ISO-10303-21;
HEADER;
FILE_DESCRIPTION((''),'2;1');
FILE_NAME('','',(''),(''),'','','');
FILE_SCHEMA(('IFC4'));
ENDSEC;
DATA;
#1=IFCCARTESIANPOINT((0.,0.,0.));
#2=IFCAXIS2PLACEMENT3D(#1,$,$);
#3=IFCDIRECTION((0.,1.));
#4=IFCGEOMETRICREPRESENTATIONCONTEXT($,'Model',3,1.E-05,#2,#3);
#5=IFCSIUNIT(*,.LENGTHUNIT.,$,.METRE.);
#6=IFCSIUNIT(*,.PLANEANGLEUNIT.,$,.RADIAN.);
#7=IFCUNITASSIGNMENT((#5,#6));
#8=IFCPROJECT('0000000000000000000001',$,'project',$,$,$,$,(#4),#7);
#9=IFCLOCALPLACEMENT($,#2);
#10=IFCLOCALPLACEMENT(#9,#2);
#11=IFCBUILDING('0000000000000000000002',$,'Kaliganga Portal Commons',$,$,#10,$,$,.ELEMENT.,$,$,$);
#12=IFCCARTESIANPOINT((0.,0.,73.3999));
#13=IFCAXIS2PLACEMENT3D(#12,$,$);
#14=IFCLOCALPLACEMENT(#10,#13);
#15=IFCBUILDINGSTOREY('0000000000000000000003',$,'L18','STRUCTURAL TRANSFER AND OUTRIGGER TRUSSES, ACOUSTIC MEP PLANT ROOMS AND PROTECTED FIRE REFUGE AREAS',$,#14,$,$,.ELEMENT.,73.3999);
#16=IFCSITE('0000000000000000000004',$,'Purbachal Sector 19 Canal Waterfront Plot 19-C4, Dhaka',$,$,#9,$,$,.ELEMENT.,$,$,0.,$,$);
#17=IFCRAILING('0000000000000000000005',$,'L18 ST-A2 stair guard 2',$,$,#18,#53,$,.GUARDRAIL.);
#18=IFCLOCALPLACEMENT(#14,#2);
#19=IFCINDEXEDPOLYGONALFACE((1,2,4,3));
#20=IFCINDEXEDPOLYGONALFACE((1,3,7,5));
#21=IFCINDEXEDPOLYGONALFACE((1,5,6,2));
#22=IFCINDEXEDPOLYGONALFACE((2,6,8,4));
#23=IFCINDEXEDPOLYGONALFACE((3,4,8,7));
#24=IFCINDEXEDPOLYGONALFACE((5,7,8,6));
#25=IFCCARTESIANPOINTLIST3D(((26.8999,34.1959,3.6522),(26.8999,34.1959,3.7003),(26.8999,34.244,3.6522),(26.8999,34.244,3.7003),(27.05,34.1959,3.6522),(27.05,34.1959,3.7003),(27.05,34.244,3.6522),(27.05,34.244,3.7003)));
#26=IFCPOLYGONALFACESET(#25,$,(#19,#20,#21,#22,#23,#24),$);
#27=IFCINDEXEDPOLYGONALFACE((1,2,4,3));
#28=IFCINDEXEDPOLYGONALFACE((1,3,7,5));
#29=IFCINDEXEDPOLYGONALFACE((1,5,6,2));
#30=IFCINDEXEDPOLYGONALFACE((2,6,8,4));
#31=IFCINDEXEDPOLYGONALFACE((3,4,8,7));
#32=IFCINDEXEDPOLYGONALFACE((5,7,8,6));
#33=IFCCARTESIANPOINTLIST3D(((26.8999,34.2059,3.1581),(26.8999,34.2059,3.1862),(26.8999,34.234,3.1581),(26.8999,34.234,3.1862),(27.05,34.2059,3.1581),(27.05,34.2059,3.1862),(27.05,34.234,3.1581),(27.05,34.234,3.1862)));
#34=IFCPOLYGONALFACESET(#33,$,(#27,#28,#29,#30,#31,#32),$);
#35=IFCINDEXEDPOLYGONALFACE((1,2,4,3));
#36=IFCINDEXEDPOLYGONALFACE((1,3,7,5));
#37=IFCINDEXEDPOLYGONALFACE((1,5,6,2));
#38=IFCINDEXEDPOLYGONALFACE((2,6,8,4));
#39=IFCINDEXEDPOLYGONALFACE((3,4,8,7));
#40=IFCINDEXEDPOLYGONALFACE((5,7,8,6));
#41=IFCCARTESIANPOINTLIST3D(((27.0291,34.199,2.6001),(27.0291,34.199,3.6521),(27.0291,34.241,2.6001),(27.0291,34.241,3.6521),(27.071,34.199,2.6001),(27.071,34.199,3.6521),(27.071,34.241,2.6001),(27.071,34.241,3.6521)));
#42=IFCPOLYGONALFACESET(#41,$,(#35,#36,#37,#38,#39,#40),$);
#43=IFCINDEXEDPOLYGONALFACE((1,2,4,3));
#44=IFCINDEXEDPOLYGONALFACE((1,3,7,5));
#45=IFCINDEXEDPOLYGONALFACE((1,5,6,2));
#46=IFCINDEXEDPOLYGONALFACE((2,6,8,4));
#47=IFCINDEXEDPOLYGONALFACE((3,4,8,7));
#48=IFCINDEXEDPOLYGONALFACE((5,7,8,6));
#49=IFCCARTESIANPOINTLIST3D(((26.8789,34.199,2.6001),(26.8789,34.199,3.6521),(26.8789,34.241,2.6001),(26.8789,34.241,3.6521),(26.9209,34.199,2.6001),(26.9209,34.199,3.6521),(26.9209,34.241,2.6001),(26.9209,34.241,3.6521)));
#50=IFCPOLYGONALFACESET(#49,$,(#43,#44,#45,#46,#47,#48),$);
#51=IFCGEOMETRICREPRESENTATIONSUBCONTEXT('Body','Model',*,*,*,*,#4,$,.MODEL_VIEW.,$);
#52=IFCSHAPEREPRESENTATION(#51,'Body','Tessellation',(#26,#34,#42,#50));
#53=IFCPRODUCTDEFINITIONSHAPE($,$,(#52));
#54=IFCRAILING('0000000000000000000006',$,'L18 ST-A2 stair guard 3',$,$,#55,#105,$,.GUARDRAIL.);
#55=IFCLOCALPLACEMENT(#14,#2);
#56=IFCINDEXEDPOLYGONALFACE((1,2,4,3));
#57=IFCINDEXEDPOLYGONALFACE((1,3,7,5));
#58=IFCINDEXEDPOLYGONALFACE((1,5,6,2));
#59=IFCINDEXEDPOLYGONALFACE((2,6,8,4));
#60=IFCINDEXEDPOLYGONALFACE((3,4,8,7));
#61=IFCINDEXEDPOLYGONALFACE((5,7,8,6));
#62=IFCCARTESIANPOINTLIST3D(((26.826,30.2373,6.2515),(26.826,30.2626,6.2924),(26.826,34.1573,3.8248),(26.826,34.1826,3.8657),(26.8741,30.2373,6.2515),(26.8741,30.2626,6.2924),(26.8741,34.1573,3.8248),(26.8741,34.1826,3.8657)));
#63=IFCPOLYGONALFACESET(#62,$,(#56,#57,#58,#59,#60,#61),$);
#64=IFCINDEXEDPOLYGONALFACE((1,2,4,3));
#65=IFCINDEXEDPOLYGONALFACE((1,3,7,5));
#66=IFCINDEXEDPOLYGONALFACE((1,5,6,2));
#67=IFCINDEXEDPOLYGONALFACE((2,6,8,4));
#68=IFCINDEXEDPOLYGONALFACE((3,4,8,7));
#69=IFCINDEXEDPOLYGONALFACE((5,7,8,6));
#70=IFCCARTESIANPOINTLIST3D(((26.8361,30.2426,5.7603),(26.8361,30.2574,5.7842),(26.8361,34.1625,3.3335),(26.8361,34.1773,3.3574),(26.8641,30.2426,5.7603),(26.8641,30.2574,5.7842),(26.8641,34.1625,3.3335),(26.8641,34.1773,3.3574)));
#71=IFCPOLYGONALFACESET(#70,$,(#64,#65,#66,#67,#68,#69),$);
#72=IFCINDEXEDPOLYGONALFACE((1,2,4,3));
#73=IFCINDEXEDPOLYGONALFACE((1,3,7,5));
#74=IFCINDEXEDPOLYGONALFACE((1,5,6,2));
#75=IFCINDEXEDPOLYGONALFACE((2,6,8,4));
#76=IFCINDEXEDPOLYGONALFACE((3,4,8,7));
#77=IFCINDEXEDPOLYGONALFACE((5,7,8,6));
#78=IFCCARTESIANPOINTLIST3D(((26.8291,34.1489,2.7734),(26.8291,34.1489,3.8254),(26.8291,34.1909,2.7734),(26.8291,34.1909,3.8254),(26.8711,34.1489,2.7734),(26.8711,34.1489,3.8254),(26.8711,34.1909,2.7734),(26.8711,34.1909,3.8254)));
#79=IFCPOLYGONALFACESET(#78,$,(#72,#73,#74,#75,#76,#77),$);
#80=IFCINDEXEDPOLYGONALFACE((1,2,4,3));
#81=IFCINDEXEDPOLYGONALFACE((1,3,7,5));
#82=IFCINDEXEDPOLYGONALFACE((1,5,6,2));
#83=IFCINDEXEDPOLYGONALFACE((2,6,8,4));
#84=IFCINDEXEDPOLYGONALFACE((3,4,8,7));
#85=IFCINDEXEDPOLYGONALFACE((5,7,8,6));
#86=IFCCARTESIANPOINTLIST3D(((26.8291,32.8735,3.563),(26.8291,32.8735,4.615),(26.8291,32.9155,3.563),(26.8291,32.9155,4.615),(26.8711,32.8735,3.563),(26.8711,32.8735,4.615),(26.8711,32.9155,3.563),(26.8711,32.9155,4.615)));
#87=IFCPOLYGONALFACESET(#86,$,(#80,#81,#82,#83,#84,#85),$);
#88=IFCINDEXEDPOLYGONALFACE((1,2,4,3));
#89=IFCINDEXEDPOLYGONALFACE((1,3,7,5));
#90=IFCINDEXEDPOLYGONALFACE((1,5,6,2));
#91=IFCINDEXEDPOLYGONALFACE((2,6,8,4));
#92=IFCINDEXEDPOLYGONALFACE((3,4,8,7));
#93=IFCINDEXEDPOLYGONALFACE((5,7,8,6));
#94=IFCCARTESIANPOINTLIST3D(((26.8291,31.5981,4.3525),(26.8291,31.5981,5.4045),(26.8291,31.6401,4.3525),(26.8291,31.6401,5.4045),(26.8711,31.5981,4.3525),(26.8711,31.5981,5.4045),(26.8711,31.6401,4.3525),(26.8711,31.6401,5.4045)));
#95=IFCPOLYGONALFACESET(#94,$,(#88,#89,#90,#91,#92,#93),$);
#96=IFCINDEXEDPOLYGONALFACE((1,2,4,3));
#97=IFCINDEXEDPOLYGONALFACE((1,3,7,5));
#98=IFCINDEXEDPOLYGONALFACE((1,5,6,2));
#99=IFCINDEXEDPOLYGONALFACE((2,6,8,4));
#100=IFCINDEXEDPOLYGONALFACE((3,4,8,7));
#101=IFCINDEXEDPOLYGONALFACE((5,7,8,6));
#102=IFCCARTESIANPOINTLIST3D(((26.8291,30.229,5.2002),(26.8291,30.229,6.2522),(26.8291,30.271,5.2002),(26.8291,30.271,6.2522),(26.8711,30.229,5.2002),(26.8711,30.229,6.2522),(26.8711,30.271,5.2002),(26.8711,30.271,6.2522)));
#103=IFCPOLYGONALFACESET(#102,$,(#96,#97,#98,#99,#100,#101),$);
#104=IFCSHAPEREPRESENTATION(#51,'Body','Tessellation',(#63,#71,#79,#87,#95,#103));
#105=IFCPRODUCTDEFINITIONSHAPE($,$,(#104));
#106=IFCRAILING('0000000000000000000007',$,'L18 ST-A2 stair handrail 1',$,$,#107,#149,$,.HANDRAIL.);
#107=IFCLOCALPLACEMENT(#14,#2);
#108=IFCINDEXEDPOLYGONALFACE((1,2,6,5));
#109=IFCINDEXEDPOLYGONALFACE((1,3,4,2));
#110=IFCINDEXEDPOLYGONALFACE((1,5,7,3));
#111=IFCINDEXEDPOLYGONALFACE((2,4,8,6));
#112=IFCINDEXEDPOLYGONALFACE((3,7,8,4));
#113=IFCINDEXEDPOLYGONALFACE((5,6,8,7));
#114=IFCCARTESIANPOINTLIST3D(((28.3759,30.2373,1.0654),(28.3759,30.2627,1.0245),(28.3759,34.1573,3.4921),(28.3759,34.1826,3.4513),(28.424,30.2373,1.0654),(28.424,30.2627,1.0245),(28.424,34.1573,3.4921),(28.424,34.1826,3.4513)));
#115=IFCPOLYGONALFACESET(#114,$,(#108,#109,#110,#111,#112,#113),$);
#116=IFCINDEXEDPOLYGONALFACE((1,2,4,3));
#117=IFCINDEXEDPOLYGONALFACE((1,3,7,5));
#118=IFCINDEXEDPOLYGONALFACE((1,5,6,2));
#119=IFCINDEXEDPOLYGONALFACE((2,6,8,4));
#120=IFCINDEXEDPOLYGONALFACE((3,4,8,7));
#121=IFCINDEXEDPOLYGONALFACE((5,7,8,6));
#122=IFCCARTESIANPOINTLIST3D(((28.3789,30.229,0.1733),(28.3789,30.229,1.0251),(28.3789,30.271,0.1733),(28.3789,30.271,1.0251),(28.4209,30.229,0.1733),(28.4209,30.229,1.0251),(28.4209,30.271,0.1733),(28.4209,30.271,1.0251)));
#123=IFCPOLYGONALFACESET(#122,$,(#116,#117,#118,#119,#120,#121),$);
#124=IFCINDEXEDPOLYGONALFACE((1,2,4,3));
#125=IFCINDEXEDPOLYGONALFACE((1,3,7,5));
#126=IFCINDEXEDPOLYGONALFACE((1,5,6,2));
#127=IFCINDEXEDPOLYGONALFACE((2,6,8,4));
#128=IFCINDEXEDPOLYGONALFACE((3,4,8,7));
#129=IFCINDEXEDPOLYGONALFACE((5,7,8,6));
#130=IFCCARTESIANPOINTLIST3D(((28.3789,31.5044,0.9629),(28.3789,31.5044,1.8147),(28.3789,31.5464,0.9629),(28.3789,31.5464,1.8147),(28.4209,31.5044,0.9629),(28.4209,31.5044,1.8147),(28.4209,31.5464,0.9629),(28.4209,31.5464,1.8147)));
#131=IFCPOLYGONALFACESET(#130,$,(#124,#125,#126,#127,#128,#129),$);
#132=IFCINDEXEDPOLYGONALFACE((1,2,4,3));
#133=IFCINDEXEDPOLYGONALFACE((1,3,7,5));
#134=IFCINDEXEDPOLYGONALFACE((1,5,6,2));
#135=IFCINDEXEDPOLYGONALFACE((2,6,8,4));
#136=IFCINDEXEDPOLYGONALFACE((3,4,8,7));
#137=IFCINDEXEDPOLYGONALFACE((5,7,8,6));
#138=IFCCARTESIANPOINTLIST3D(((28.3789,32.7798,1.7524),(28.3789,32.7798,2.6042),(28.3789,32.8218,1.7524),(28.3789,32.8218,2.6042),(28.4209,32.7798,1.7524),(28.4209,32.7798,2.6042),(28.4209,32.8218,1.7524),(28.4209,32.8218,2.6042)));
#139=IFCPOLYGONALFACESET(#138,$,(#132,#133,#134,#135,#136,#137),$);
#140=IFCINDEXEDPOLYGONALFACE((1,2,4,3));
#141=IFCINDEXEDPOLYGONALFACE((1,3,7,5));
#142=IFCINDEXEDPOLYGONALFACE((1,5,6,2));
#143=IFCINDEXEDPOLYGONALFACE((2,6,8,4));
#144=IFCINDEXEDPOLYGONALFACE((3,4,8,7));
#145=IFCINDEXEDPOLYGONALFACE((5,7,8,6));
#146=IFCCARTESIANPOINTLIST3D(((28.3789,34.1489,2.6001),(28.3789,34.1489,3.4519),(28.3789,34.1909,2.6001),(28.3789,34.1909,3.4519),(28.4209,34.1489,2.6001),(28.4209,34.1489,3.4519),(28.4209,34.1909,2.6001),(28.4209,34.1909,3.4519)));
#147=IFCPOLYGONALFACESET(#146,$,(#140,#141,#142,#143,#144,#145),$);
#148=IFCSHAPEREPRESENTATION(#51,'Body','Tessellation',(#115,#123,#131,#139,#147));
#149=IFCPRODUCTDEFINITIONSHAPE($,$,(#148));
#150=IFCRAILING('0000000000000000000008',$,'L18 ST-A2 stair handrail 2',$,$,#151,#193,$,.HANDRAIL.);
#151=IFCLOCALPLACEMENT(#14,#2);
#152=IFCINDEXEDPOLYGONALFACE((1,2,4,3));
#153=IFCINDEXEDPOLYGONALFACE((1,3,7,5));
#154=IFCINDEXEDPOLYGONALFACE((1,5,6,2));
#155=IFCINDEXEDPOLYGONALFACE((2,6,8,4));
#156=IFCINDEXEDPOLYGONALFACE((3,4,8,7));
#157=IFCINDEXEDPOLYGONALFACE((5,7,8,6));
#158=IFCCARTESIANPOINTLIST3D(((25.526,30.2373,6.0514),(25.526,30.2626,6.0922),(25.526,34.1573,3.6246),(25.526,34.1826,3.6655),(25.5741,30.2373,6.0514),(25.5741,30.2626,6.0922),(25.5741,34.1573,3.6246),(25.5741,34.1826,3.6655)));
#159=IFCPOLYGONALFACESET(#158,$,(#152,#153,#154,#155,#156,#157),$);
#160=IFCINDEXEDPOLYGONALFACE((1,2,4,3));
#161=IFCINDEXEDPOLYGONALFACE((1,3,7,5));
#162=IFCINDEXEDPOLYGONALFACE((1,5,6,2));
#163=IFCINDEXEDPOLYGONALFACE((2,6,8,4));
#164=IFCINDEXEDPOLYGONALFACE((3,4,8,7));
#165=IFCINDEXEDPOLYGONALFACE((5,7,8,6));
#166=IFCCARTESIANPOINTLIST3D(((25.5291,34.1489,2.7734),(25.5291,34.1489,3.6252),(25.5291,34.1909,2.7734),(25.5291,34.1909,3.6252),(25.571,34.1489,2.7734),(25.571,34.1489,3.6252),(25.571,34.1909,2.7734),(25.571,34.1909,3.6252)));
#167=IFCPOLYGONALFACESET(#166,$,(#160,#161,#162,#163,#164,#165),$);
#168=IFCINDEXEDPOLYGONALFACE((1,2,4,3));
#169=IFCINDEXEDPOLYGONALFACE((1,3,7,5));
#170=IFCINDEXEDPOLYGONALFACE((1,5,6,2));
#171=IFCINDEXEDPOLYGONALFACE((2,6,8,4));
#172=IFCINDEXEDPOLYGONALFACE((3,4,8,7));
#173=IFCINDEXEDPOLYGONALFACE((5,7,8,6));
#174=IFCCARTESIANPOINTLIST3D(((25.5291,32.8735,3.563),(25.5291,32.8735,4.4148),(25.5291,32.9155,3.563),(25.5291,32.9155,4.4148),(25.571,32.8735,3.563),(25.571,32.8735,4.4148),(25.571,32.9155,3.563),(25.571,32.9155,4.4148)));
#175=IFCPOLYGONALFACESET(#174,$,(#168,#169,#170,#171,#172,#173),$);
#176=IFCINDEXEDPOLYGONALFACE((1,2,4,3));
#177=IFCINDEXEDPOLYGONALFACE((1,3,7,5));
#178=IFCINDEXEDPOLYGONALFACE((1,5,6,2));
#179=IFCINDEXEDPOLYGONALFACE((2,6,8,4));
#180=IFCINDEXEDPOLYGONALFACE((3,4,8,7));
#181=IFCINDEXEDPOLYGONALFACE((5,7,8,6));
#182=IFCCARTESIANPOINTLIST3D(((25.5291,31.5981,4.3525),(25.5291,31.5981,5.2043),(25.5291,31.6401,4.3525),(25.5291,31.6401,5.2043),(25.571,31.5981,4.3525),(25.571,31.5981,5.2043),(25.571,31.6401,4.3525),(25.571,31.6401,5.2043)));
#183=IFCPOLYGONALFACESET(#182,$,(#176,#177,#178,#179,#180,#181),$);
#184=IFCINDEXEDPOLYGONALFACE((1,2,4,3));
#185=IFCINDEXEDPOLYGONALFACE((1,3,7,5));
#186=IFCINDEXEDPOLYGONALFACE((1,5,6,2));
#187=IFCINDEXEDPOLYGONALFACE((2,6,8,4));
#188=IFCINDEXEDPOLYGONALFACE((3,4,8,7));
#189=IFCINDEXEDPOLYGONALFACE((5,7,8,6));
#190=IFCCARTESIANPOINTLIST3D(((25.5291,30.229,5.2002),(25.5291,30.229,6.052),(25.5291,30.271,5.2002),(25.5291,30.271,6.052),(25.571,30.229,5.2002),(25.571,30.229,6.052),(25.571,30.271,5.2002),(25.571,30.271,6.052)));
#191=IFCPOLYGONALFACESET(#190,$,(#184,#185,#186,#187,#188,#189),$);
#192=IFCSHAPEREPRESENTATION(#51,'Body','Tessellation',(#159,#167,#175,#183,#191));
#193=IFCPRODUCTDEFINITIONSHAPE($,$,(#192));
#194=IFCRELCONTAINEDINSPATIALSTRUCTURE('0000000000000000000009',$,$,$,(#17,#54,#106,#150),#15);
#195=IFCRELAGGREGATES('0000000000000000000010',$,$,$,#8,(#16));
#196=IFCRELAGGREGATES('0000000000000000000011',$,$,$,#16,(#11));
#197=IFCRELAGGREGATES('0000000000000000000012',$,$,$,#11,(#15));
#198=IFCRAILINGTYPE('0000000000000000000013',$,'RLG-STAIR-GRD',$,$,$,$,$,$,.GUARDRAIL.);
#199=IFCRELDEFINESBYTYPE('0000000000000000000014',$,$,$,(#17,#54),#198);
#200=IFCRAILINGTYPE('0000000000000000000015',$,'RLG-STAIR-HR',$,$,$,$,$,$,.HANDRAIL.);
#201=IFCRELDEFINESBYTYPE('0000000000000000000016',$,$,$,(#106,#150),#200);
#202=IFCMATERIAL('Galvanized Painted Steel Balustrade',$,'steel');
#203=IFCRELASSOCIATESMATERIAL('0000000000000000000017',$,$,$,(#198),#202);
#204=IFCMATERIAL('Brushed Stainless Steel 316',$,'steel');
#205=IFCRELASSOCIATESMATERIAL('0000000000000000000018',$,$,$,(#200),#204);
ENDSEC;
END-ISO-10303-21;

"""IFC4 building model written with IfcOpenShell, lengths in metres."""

from ifc_helpers import new_model, si_unit, direction, frame, origin, origin_2d, place, context, subcontext, project, spatial, rectangle, extrude, material, type_object, element, save


model = new_model("IFC4")

# Units and contexts
model_context = context("Model", 3, precision=1e-05, world=origin(), true_north=direction((0.0, 1.0)))
body_context = subcontext(model_context, "Body", "Model", "MODEL_VIEW")
ifc_project = project(units=[si_unit("LENGTHUNIT", "METRE"), si_unit("PLANEANGLEUNIT", "RADIAN")], contexts=[model_context])

# Site, building, storey
site_placement = place(None, origin())
site = spatial("IfcSite", under=ifc_project, at=site_placement, Name="Purbachal Sector 19 Canal Waterfront Plot 19-C4, Dhaka", CompositionType="ELEMENT", RefElevation=0.0)
building_placement = place(site_placement, origin())
building = spatial("IfcBuilding", under=site, at=building_placement, Name="Kaliganga Portal Commons", CompositionType="ELEMENT")
storey_placement = place(building_placement, frame((0.0, 0.0, 73.3999)))
storey = spatial("IfcBuildingStorey", under=building, at=storey_placement, Name="L18", Description="STRUCTURAL TRANSFER AND OUTRIGGER TRUSSES, ACOUSTIC MEP PLANT ROOMS AND PROTECTED FIRE REFUGE AREAS", CompositionType="ELEMENT", Elevation=73.3999)

# Railings
ifc_material_1 = material(Name="Galvanized Painted Steel Balustrade", Category="steel")
railing_type_1 = type_object("IfcRailingType", Name="RLG-STAIR-GRD", PredefinedType="GUARDRAIL", material=ifc_material_1)
railing_1_placement = place(storey_placement, frame((27.05, 34.22, 2.6001)))
element("IfcRailing", 1, at=railing_1_placement, inside=storey, type_object=railing_type_1, Name="L18 ST-A2 stair guard 2", PredefinedType="GUARDRAIL", context=body_context, shape_type="SweptSolid", body=[
    extrude(rectangle(XDim=0.0481, YDim=0.0481, at=origin_2d()), frame((0.0, 0.0, 1.0762), z_axis=(-1.0, 0.0, 0.0), x_axis=(0.0, -1.0, 0.0)), (0.0, 0.0, 1.0), 0.1501),
    extrude(rectangle(XDim=0.0281, YDim=0.0281, at=origin_2d()), frame((0.0, 0.0, 0.572), z_axis=(-1.0, 0.0, 0.0), x_axis=(0.0, -1.0, 0.0)), (0.0, 0.0, 1.0), 0.1501),
    extrude(rectangle(XDim=0.042, YDim=0.042, at=origin_2d()), origin(), (0.0, 0.0, 1.0), 1.052),
    extrude(rectangle(XDim=0.042, YDim=0.042, at=origin_2d()), frame((-0.1501, 0.0, 0.0)), (0.0, 0.0, 1.0), 1.052),
])
railing_2_placement = place(storey_placement, frame((26.8501, 34.1699, 2.7734)))
element("IfcRailing", 2, at=railing_2_placement, inside=storey, type_object=railing_type_1, Name="L18 ST-A2 stair guard 3", PredefinedType="GUARDRAIL", context=body_context, shape_type="SweptSolid", body=[
    extrude(rectangle(XDim=0.0481, YDim=0.0481, at=origin_2d()), frame((0.0, 0.0, 1.0718), z_axis=(0.0, -0.850252, 0.526376), x_axis=(1.0, 0.0, 0.0)), (0.0, 0.0, 1.0), 4.6104),
    extrude(rectangle(XDim=0.0281, YDim=0.0281, at=origin_2d()), frame((0.0, 0.0, 0.572), z_axis=(0.0, -0.850252, 0.526376), x_axis=(1.0, 0.0, 0.0)), (0.0, 0.0, 1.0), 4.6104),
    extrude(rectangle(XDim=0.042, YDim=0.042, at=origin_2d()), origin(), (0.0, 0.0, 1.0), 1.052),
    extrude(rectangle(XDim=0.042, YDim=0.042, at=origin_2d()), frame((0.0, -1.2754, 0.7896)), (0.0, 0.0, 1.0), 1.052),
    extrude(rectangle(XDim=0.042, YDim=0.042, at=origin_2d()), frame((0.0, -2.5508, 1.5791)), (0.0, 0.0, 1.0), 1.052),
    extrude(rectangle(XDim=0.042, YDim=0.042, at=origin_2d()), frame((0.0, -3.9199, 2.4268)), (0.0, 0.0, 1.0), 1.052),
])
ifc_material_2 = material(Name="Brushed Stainless Steel 316", Category="steel")
railing_type_2 = type_object("IfcRailingType", Name="RLG-STAIR-HR", PredefinedType="HANDRAIL", material=ifc_material_2)
railing_3_placement = place(storey_placement, frame((28.3999, 30.25, 0.1733)))
element("IfcRailing", 3, at=railing_3_placement, inside=storey, type_object=railing_type_2, Name="L18 ST-A2 stair handrail 1", PredefinedType="HANDRAIL", context=body_context, shape_type="SweptSolid", body=[
    extrude(rectangle(XDim=0.0481, YDim=0.0481, at=origin_2d()), frame((0.0, 0.0, 0.8716), z_axis=(0.0, 0.850252, 0.526376), x_axis=(-1.0, 0.0, 0.0)), (0.0, 0.0, 1.0), 4.6104),
    extrude(rectangle(XDim=0.042, YDim=0.042, at=origin_2d()), origin(), (0.0, 0.0, 1.0), 0.8518),
    extrude(rectangle(XDim=0.042, YDim=0.042, at=origin_2d()), frame((0.0, 1.2754, 0.7896)), (0.0, 0.0, 1.0), 0.8518),
    extrude(rectangle(XDim=0.042, YDim=0.042, at=origin_2d()), frame((0.0, 2.5508, 1.5791)), (0.0, 0.0, 1.0), 0.8518),
    extrude(rectangle(XDim=0.042, YDim=0.042, at=origin_2d()), frame((0.0, 3.9199, 2.4268)), (0.0, 0.0, 1.0), 0.8518),
])
railing_4_placement = place(storey_placement, frame((25.55, 34.1699, 2.7734)))
element("IfcRailing", 4, at=railing_4_placement, inside=storey, type_object=railing_type_2, Name="L18 ST-A2 stair handrail 2", PredefinedType="HANDRAIL", context=body_context, shape_type="SweptSolid", body=[
    extrude(rectangle(XDim=0.0481, YDim=0.0481, at=origin_2d()), frame((0.0, 0.0, 0.8716), z_axis=(0.0, -0.850252, 0.526376), x_axis=(1.0, 0.0, 0.0)), (0.0, 0.0, 1.0), 4.6104),
    extrude(rectangle(XDim=0.042, YDim=0.042, at=origin_2d()), origin(), (0.0, 0.0, 1.0), 0.8518),
    extrude(rectangle(XDim=0.042, YDim=0.042, at=origin_2d()), frame((0.0, -1.2754, 0.7896)), (0.0, 0.0, 1.0), 0.8518),
    extrude(rectangle(XDim=0.042, YDim=0.042, at=origin_2d()), frame((0.0, -2.5508, 1.5791)), (0.0, 0.0, 1.0), 0.8518),
    extrude(rectangle(XDim=0.042, YDim=0.042, at=origin_2d()), frame((0.0, -3.9199, 2.4268)), (0.0, 0.0, 1.0), 0.8518),
])

save(model, "model.ifc")
